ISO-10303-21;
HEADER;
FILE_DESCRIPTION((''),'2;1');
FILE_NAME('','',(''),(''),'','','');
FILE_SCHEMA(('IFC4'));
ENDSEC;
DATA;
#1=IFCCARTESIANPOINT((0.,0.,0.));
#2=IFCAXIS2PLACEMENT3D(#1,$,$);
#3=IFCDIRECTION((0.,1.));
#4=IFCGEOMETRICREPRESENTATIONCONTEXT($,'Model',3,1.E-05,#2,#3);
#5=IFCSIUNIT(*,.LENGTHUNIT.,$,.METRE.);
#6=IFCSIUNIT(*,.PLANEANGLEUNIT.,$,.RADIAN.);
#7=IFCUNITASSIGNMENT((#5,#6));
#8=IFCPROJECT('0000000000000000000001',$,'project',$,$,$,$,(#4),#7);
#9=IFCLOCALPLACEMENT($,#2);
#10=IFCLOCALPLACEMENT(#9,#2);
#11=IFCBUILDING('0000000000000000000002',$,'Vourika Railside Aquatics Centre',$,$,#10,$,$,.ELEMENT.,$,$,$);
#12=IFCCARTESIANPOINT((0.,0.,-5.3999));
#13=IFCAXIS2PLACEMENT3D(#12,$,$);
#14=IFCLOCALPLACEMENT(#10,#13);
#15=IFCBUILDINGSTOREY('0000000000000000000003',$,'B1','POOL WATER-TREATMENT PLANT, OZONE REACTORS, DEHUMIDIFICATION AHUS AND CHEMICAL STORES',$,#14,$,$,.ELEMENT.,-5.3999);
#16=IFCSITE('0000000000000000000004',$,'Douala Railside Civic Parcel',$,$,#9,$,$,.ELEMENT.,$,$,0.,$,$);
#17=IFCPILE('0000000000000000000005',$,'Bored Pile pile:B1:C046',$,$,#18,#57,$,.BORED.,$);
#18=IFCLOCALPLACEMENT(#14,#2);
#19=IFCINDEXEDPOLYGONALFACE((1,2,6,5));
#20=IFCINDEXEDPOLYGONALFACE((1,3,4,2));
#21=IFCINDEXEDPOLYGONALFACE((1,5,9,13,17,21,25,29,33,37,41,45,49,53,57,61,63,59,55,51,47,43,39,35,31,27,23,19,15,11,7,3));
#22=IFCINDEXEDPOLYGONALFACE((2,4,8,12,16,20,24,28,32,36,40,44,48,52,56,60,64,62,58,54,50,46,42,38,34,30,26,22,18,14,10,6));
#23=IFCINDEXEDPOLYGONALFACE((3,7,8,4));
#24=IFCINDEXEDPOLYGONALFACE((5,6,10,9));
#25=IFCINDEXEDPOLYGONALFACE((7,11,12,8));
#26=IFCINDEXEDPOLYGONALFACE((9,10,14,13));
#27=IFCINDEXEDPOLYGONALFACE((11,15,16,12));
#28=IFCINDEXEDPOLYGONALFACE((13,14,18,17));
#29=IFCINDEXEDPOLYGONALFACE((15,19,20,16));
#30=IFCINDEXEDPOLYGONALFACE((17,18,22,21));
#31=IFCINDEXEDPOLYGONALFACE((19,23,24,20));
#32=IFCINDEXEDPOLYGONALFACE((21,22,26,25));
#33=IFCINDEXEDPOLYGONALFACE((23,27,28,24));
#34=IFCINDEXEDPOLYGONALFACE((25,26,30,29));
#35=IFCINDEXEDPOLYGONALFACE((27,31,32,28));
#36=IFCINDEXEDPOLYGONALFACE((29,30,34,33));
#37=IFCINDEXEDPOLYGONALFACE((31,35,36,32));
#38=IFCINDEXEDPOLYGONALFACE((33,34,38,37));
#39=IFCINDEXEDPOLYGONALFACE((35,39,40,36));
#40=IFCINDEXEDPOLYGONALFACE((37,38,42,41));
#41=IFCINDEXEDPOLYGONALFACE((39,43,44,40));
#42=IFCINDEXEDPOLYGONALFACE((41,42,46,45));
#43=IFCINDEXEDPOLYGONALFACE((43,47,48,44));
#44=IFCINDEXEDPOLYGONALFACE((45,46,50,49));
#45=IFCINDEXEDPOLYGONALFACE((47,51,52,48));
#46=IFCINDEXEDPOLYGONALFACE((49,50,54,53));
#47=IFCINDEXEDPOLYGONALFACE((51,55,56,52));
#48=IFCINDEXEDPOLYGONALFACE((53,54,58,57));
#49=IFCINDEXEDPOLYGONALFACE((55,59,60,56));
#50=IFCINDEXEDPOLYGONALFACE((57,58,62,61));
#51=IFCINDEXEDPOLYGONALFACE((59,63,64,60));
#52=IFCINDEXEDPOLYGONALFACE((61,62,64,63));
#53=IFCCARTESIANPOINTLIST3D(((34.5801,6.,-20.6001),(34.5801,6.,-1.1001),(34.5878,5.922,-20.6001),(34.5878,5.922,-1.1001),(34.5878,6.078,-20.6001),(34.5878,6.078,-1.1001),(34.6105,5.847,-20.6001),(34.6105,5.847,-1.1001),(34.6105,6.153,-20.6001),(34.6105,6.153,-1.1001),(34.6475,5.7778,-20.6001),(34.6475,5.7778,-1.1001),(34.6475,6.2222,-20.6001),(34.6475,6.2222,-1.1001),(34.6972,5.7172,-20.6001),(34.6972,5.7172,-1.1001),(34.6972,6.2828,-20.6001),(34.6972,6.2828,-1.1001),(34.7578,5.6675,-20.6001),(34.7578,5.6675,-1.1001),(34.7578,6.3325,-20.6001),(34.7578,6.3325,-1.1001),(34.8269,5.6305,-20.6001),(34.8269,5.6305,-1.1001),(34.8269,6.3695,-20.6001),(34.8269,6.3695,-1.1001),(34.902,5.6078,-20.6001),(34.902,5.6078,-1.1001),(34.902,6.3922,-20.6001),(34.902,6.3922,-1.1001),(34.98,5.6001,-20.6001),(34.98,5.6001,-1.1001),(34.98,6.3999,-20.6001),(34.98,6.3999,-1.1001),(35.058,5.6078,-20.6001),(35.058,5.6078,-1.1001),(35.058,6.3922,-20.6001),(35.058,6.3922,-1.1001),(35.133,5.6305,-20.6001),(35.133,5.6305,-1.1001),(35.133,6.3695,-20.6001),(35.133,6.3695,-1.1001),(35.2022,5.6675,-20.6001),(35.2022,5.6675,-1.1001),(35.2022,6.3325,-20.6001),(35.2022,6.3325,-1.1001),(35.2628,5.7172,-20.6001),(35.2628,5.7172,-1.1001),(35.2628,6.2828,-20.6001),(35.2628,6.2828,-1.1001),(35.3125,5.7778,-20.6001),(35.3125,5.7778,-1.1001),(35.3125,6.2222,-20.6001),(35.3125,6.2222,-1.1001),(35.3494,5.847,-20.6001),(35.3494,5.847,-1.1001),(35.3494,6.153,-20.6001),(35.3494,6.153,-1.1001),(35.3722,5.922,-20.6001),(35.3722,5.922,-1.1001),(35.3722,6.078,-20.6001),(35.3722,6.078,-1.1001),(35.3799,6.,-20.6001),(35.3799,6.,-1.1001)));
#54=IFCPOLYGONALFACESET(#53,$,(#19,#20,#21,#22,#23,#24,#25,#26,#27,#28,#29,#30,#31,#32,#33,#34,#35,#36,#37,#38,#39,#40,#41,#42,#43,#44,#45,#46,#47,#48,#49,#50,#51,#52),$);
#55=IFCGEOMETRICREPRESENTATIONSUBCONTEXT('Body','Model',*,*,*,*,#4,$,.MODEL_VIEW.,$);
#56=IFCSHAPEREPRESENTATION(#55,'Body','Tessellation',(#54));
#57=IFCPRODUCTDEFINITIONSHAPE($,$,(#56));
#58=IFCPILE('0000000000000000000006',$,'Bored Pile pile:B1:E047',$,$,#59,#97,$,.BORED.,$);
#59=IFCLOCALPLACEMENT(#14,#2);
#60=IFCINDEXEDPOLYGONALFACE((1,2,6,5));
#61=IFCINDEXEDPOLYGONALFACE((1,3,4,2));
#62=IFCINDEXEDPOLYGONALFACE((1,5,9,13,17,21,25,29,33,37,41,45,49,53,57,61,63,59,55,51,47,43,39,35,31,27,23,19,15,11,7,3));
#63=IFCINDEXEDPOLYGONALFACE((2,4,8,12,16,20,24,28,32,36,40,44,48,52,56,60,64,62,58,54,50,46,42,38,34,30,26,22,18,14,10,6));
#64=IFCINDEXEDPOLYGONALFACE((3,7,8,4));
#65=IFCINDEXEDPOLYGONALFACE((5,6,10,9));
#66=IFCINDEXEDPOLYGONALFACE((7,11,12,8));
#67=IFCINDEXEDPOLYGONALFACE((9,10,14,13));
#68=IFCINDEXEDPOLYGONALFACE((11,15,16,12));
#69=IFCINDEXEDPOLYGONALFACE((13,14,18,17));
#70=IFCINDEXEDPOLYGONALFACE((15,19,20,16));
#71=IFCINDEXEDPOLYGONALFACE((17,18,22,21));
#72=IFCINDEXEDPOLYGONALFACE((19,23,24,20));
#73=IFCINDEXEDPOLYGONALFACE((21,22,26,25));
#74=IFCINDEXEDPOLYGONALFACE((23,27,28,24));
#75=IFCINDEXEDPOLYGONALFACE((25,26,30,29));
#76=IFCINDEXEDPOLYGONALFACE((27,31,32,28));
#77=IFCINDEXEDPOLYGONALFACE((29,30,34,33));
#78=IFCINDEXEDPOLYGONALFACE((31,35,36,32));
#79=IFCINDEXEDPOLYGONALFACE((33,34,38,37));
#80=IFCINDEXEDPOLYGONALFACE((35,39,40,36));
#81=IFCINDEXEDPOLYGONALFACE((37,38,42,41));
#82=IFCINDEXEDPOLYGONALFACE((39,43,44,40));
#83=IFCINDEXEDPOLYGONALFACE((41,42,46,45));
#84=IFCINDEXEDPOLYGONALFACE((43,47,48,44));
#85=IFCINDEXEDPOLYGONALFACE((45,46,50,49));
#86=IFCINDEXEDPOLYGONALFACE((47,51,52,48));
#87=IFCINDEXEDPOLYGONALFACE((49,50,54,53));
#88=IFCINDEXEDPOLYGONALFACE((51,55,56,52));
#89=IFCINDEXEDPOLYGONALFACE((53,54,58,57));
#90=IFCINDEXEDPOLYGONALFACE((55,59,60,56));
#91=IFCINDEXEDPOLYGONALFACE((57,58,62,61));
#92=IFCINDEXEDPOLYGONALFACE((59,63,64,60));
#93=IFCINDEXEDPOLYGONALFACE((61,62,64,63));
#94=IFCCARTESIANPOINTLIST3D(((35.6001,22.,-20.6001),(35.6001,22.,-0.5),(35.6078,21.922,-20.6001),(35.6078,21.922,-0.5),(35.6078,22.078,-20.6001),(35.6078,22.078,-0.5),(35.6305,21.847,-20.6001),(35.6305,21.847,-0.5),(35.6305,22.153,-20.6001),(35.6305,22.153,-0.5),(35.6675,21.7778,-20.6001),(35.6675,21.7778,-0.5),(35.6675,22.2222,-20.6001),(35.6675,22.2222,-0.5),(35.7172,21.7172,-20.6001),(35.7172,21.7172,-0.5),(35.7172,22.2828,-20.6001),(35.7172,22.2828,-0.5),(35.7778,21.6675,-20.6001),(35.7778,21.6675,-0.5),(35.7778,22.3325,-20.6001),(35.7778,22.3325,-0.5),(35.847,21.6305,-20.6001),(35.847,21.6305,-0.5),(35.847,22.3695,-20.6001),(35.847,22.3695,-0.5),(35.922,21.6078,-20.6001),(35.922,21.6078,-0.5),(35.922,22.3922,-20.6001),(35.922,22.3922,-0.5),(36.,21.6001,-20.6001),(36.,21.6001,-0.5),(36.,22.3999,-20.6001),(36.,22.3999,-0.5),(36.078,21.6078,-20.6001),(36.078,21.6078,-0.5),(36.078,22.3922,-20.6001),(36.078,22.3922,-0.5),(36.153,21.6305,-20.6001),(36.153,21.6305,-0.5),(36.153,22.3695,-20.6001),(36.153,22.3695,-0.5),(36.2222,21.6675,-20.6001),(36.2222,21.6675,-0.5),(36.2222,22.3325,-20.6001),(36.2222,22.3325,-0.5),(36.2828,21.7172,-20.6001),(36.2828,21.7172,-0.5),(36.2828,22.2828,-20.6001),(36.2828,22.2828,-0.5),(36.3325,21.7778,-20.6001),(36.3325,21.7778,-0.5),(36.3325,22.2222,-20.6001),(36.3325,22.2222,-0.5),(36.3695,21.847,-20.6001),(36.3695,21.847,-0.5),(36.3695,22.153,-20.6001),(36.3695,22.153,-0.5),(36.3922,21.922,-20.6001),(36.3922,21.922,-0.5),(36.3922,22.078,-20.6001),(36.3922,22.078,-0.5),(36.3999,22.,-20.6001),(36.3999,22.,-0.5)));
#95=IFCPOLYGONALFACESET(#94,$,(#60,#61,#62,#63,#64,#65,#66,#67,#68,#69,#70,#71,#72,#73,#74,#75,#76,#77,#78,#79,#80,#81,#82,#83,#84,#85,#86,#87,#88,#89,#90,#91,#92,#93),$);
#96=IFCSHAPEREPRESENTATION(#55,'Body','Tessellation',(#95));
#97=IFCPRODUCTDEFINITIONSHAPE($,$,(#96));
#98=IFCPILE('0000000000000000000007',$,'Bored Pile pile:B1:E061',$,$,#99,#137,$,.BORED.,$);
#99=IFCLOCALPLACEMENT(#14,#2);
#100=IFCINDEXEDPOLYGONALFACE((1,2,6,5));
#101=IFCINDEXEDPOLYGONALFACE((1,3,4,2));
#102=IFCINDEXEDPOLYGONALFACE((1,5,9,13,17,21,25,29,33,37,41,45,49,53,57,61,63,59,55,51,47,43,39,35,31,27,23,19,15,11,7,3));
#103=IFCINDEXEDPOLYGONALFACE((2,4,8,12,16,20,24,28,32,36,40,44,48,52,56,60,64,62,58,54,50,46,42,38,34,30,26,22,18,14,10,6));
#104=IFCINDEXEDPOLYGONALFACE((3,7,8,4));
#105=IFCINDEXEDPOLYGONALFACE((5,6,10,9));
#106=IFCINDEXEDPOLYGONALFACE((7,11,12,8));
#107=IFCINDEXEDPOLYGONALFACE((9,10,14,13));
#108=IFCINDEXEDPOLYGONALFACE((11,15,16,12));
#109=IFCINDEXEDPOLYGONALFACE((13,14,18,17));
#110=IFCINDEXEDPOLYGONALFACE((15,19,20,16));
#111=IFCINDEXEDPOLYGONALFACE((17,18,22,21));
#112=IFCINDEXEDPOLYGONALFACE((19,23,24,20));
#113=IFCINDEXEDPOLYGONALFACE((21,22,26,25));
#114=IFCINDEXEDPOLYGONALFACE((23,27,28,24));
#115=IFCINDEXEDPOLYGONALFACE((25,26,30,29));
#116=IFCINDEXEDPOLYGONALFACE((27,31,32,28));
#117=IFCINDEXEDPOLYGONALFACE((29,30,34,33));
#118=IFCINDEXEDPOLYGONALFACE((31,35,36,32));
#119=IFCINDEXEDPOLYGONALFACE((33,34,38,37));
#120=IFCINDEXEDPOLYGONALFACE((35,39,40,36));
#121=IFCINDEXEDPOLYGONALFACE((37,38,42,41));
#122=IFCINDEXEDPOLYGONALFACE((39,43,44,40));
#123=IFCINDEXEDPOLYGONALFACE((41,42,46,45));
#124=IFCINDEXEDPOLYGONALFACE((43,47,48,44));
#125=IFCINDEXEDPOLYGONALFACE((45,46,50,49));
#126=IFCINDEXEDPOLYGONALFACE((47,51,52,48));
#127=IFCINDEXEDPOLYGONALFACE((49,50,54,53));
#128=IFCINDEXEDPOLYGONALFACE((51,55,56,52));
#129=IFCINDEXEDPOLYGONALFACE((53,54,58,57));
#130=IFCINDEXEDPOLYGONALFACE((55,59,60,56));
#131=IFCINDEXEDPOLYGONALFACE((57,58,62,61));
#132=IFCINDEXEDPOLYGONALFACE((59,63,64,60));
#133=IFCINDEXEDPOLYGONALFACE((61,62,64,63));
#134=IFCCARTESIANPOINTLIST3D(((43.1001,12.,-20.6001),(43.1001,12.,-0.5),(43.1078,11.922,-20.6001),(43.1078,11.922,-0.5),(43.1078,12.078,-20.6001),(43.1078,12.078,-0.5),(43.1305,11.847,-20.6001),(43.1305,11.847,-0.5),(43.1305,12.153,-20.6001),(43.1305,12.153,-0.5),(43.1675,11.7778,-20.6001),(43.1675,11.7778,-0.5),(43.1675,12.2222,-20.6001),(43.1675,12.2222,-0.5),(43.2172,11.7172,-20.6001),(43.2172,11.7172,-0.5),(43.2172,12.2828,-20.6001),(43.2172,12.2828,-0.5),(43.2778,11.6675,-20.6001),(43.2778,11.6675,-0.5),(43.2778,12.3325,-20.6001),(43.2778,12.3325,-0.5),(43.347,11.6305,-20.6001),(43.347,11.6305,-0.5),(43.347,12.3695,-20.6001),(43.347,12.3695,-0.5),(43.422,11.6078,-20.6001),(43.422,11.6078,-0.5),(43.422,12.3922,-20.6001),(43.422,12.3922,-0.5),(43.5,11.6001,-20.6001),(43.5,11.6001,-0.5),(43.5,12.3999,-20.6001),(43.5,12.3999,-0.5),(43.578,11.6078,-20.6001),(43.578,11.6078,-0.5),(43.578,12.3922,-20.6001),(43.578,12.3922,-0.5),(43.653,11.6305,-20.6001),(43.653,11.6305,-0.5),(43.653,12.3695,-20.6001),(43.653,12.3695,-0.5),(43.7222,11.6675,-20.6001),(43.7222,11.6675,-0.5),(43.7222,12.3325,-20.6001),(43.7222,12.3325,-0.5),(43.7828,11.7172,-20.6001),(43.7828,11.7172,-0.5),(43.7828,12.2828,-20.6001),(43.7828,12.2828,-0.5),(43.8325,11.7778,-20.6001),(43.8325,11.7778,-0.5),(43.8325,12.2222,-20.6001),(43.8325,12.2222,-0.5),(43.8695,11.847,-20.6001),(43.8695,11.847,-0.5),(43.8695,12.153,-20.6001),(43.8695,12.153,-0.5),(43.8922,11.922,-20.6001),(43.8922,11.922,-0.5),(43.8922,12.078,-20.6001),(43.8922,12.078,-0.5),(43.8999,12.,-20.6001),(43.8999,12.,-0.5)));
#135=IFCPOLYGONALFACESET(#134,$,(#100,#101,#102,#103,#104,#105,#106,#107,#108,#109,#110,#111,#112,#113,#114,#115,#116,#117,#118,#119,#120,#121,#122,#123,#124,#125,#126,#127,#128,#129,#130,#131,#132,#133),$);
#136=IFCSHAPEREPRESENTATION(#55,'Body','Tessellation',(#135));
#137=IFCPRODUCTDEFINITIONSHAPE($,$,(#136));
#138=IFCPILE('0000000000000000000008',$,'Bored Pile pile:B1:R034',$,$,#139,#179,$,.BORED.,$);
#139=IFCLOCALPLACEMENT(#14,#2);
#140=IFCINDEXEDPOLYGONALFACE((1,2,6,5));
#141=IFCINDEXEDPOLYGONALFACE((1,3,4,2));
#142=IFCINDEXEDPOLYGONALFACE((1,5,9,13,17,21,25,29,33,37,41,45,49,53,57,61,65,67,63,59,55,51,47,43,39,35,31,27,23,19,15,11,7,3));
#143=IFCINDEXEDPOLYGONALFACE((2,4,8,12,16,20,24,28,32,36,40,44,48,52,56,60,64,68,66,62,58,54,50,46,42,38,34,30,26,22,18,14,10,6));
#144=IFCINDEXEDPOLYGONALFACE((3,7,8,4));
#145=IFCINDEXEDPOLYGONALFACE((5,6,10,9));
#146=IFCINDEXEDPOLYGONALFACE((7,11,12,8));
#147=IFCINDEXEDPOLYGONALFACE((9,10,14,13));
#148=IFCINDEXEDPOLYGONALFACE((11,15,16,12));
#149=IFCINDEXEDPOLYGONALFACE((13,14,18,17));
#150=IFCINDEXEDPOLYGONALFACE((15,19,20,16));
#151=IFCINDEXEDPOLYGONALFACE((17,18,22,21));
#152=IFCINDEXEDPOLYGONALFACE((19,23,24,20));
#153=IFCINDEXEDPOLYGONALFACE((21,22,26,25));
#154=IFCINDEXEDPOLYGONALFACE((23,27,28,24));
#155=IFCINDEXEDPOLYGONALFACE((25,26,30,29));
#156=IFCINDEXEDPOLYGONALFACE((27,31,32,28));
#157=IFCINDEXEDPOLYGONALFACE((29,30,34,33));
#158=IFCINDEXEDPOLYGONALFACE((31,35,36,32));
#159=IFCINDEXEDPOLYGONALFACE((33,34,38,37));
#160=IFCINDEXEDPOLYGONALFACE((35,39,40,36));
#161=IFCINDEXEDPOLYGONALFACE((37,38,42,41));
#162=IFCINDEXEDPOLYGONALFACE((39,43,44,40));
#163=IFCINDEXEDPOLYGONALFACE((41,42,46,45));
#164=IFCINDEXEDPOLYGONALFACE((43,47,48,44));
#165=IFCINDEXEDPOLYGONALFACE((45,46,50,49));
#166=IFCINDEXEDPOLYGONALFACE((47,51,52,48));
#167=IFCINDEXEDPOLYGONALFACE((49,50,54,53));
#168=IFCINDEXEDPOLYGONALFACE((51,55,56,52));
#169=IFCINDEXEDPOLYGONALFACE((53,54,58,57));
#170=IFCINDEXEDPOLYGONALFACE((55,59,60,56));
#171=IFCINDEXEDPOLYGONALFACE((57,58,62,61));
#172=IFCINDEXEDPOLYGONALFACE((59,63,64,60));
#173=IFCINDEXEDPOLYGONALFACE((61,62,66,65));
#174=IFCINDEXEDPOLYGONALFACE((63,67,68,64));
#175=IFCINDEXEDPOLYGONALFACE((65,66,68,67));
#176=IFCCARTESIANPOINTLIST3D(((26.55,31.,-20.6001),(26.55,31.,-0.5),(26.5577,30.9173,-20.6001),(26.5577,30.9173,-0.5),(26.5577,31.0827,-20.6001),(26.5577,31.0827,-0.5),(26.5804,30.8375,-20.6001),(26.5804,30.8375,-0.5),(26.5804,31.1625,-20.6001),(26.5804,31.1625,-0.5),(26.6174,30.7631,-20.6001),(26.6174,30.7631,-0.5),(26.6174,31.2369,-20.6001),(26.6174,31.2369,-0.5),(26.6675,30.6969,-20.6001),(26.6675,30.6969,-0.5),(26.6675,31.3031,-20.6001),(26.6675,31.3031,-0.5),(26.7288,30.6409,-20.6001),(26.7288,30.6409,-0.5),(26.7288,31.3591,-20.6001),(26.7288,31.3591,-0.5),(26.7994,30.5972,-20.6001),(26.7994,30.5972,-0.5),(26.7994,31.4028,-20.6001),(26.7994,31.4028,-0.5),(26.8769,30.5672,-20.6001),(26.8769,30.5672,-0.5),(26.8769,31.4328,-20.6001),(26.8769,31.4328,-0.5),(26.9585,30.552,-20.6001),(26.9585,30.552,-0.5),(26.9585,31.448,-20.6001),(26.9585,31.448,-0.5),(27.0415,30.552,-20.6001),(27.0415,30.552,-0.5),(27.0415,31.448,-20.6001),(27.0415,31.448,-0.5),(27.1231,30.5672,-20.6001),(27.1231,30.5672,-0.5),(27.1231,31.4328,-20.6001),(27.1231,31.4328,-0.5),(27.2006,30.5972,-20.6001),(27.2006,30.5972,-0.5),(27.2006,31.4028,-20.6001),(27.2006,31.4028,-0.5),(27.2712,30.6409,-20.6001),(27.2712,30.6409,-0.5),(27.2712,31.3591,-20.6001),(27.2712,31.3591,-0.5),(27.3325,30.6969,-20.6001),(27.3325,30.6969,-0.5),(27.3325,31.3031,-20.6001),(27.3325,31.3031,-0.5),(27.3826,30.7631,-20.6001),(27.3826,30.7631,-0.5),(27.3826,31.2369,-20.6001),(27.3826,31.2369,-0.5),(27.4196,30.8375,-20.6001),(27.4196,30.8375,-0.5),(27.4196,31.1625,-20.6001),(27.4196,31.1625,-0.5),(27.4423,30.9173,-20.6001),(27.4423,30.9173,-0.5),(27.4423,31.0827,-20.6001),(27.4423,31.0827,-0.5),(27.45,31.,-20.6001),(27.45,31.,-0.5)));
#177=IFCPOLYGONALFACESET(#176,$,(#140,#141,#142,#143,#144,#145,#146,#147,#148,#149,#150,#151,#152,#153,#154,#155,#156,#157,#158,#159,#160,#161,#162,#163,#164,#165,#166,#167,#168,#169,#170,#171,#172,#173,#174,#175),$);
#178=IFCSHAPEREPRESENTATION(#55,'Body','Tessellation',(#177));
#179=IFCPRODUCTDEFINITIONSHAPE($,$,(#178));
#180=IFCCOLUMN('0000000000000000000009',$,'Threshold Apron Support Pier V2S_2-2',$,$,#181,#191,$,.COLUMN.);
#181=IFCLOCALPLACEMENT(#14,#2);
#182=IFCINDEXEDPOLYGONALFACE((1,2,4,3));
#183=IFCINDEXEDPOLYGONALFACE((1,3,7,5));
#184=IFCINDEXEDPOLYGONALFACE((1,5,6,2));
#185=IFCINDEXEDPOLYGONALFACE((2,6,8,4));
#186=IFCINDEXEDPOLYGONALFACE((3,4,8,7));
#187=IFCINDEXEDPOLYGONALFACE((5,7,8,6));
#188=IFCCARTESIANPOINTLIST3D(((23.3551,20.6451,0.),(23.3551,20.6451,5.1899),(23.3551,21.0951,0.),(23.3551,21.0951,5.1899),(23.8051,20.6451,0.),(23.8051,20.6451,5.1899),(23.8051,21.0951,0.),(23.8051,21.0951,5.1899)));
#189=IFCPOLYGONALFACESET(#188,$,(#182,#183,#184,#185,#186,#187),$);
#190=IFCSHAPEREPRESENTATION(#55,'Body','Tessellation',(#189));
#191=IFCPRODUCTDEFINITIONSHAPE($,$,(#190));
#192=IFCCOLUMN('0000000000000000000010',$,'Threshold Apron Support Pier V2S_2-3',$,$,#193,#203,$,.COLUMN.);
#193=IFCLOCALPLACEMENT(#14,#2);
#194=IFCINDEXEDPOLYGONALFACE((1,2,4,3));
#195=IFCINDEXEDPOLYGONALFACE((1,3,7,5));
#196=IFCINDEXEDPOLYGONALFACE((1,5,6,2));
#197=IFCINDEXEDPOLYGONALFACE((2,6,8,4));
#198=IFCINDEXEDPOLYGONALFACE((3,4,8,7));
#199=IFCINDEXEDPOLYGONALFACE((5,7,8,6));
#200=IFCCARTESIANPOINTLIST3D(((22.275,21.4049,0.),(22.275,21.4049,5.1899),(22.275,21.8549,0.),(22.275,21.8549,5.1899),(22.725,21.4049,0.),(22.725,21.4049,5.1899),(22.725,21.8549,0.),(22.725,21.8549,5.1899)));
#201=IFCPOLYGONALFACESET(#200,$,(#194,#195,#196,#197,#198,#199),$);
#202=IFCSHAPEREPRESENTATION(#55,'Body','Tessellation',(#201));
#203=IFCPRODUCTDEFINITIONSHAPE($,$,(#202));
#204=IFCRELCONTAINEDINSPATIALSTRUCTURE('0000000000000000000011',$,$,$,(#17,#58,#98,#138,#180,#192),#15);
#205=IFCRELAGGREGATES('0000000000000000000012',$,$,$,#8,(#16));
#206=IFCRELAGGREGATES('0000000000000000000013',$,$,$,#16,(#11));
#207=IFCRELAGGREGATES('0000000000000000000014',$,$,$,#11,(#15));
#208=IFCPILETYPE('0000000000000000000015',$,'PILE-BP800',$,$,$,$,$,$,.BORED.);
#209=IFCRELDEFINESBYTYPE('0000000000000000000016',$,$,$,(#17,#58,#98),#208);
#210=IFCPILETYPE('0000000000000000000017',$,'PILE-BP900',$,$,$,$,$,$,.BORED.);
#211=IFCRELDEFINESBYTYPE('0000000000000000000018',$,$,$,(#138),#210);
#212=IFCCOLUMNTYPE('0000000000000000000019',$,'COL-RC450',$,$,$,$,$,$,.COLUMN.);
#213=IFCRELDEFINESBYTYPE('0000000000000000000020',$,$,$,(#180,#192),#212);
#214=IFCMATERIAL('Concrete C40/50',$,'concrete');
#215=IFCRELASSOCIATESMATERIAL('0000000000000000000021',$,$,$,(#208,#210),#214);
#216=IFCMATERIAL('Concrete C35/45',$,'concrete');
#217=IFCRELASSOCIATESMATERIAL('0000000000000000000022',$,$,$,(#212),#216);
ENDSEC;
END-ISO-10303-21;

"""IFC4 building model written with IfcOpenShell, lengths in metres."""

from ifc_helpers import new_model, si_unit, direction, frame, origin, origin_2d, place, context, subcontext, project, spatial, rectangle, circle, extrude, material, material_profile, profile_set, type_object, element, save


model = new_model("IFC4")

# Units and contexts
model_context = context("Model", 3, precision=1e-05, world=origin(), true_north=direction((0.0, 1.0)))
body_context = subcontext(model_context, "Body", "Model", "MODEL_VIEW")
ifc_project = project(units=[si_unit("LENGTHUNIT", "METRE"), si_unit("PLANEANGLEUNIT", "RADIAN")], contexts=[model_context])

# Site, building, storey
site_placement = place(None, origin())
site = spatial("IfcSite", under=ifc_project, at=site_placement, Name="Douala Railside Civic Parcel", CompositionType="ELEMENT", RefElevation=0.0)
building_placement = place(site_placement, origin())
building = spatial("IfcBuilding", under=site, at=building_placement, Name="Vourika Railside Aquatics Centre", CompositionType="ELEMENT")
storey_placement = place(building_placement, frame((0.0, 0.0, -5.3999)))
storey = spatial("IfcBuildingStorey", under=building, at=storey_placement, Name="B1", Description="POOL WATER-TREATMENT PLANT, OZONE REACTORS, DEHUMIDIFICATION AHUS AND CHEMICAL STORES", CompositionType="ELEMENT", Elevation=-5.3999)

# Shared definitions
ifc_material_1 = material(Name="Concrete C40/50", Category="concrete")

# Piles
ifc_material_profile_1 = material_profile(ifc_material_1, circle(Radius=0.3999, at=origin_2d()), Name="BP 800")
ifc_profile_set_1 = profile_set([ifc_material_profile_1], Name="Concrete C40/50")
pile_type_1 = type_object("IfcPileType", Name="PILE-BP800", PredefinedType="BORED", material=ifc_profile_set_1)
for number, where, z_axis, x_axis, name in (
    (1, (34.98, 6.0, -1.1001), (0.0, 0.0, -1.0), (1.0, 0.0, 0.0), "Bored Pile pile:B1:C046"),
):
    element("IfcPile", number, at=place(storey_placement, frame(where, z_axis=z_axis, x_axis=x_axis)), inside=storey, type_object=pile_type_1, Name=name, PredefinedType="BORED", context=body_context, shape_type="SweptSolid", body=[
        extrude(circle(Radius=0.3999, at=origin_2d()), origin(), (0.0, 0.0, 1.0), 19.5),
    ])
for number, where, z_axis, x_axis, name in (
    (2, (36.0, 22.0, -0.5), (0.0, 0.0, -1.0), (1.0, 0.0, 0.0), "Bored Pile pile:B1:E047"),
    (3, (43.5, 12.0, -0.5), (0.0, 0.0, -1.0), (1.0, 0.0, 0.0), "Bored Pile pile:B1:E061"),
):
    element("IfcPile", number, at=place(storey_placement, frame(where, z_axis=z_axis, x_axis=x_axis)), inside=storey, type_object=pile_type_1, Name=name, PredefinedType="BORED", context=body_context, shape_type="SweptSolid", body=[
        extrude(circle(Radius=0.3999, at=origin_2d()), origin(), (0.0, 0.0, 1.0), 20.1001),
    ])
ifc_material_profile_2 = material_profile(ifc_material_1, circle(Radius=0.45, at=origin_2d()), Name="BP 900")
ifc_profile_set_2 = profile_set([ifc_material_profile_2], Name="Concrete C40/50")
pile_type_2 = type_object("IfcPileType", Name="PILE-BP900", PredefinedType="BORED", material=ifc_profile_set_2)
pile_1_placement = place(storey_placement, frame((27.0, 31.0, -0.5), z_axis=(0.0, 0.0, -1.0), x_axis=(1.0, 0.0, 0.0)))
element("IfcPile", 4, at=pile_1_placement, inside=storey, type_object=pile_type_2, Name="Bored Pile pile:B1:R034", PredefinedType="BORED", context=body_context, shape_type="SweptSolid", body=[
    extrude(circle(Radius=0.45, at=origin_2d()), origin(), (0.0, 0.0, 1.0), 20.1001),
])

# Columns
ifc_material_2 = material(Name="Concrete C35/45", Category="concrete")
ifc_material_profile_3 = material_profile(ifc_material_2, rectangle(XDim=0.45, YDim=0.45, at=origin_2d()), Name="RC 450x450")
ifc_profile_set_3 = profile_set([ifc_material_profile_3], Name="Concrete C35/45")
column_type_1 = type_object("IfcColumnType", Name="COL-RC450", PredefinedType="COLUMN", material=ifc_profile_set_3)
for number, where, z_axis, x_axis, name in (
    (5, (23.5801, 20.8701, 0.0), (0.0, 0.0, 1.0), (1.0, 0.0, 0.0), "Threshold Apron Support Pier V2S_2-2"),
    (6, (22.5, 21.6299, 0.0), (0.0, 0.0, 1.0), (1.0, 0.0, 0.0), "Threshold Apron Support Pier V2S_2-3"),
):
    element("IfcColumn", number, at=place(storey_placement, frame(where, z_axis=z_axis, x_axis=x_axis)), inside=storey, type_object=column_type_1, Name=name, PredefinedType="COLUMN", context=body_context, shape_type="SweptSolid", body=[
        extrude(rectangle(XDim=0.45, YDim=0.45, at=origin_2d()), origin(), (0.0, 0.0, 1.0), 5.1899),
    ])

save(model, "model.ifc")
